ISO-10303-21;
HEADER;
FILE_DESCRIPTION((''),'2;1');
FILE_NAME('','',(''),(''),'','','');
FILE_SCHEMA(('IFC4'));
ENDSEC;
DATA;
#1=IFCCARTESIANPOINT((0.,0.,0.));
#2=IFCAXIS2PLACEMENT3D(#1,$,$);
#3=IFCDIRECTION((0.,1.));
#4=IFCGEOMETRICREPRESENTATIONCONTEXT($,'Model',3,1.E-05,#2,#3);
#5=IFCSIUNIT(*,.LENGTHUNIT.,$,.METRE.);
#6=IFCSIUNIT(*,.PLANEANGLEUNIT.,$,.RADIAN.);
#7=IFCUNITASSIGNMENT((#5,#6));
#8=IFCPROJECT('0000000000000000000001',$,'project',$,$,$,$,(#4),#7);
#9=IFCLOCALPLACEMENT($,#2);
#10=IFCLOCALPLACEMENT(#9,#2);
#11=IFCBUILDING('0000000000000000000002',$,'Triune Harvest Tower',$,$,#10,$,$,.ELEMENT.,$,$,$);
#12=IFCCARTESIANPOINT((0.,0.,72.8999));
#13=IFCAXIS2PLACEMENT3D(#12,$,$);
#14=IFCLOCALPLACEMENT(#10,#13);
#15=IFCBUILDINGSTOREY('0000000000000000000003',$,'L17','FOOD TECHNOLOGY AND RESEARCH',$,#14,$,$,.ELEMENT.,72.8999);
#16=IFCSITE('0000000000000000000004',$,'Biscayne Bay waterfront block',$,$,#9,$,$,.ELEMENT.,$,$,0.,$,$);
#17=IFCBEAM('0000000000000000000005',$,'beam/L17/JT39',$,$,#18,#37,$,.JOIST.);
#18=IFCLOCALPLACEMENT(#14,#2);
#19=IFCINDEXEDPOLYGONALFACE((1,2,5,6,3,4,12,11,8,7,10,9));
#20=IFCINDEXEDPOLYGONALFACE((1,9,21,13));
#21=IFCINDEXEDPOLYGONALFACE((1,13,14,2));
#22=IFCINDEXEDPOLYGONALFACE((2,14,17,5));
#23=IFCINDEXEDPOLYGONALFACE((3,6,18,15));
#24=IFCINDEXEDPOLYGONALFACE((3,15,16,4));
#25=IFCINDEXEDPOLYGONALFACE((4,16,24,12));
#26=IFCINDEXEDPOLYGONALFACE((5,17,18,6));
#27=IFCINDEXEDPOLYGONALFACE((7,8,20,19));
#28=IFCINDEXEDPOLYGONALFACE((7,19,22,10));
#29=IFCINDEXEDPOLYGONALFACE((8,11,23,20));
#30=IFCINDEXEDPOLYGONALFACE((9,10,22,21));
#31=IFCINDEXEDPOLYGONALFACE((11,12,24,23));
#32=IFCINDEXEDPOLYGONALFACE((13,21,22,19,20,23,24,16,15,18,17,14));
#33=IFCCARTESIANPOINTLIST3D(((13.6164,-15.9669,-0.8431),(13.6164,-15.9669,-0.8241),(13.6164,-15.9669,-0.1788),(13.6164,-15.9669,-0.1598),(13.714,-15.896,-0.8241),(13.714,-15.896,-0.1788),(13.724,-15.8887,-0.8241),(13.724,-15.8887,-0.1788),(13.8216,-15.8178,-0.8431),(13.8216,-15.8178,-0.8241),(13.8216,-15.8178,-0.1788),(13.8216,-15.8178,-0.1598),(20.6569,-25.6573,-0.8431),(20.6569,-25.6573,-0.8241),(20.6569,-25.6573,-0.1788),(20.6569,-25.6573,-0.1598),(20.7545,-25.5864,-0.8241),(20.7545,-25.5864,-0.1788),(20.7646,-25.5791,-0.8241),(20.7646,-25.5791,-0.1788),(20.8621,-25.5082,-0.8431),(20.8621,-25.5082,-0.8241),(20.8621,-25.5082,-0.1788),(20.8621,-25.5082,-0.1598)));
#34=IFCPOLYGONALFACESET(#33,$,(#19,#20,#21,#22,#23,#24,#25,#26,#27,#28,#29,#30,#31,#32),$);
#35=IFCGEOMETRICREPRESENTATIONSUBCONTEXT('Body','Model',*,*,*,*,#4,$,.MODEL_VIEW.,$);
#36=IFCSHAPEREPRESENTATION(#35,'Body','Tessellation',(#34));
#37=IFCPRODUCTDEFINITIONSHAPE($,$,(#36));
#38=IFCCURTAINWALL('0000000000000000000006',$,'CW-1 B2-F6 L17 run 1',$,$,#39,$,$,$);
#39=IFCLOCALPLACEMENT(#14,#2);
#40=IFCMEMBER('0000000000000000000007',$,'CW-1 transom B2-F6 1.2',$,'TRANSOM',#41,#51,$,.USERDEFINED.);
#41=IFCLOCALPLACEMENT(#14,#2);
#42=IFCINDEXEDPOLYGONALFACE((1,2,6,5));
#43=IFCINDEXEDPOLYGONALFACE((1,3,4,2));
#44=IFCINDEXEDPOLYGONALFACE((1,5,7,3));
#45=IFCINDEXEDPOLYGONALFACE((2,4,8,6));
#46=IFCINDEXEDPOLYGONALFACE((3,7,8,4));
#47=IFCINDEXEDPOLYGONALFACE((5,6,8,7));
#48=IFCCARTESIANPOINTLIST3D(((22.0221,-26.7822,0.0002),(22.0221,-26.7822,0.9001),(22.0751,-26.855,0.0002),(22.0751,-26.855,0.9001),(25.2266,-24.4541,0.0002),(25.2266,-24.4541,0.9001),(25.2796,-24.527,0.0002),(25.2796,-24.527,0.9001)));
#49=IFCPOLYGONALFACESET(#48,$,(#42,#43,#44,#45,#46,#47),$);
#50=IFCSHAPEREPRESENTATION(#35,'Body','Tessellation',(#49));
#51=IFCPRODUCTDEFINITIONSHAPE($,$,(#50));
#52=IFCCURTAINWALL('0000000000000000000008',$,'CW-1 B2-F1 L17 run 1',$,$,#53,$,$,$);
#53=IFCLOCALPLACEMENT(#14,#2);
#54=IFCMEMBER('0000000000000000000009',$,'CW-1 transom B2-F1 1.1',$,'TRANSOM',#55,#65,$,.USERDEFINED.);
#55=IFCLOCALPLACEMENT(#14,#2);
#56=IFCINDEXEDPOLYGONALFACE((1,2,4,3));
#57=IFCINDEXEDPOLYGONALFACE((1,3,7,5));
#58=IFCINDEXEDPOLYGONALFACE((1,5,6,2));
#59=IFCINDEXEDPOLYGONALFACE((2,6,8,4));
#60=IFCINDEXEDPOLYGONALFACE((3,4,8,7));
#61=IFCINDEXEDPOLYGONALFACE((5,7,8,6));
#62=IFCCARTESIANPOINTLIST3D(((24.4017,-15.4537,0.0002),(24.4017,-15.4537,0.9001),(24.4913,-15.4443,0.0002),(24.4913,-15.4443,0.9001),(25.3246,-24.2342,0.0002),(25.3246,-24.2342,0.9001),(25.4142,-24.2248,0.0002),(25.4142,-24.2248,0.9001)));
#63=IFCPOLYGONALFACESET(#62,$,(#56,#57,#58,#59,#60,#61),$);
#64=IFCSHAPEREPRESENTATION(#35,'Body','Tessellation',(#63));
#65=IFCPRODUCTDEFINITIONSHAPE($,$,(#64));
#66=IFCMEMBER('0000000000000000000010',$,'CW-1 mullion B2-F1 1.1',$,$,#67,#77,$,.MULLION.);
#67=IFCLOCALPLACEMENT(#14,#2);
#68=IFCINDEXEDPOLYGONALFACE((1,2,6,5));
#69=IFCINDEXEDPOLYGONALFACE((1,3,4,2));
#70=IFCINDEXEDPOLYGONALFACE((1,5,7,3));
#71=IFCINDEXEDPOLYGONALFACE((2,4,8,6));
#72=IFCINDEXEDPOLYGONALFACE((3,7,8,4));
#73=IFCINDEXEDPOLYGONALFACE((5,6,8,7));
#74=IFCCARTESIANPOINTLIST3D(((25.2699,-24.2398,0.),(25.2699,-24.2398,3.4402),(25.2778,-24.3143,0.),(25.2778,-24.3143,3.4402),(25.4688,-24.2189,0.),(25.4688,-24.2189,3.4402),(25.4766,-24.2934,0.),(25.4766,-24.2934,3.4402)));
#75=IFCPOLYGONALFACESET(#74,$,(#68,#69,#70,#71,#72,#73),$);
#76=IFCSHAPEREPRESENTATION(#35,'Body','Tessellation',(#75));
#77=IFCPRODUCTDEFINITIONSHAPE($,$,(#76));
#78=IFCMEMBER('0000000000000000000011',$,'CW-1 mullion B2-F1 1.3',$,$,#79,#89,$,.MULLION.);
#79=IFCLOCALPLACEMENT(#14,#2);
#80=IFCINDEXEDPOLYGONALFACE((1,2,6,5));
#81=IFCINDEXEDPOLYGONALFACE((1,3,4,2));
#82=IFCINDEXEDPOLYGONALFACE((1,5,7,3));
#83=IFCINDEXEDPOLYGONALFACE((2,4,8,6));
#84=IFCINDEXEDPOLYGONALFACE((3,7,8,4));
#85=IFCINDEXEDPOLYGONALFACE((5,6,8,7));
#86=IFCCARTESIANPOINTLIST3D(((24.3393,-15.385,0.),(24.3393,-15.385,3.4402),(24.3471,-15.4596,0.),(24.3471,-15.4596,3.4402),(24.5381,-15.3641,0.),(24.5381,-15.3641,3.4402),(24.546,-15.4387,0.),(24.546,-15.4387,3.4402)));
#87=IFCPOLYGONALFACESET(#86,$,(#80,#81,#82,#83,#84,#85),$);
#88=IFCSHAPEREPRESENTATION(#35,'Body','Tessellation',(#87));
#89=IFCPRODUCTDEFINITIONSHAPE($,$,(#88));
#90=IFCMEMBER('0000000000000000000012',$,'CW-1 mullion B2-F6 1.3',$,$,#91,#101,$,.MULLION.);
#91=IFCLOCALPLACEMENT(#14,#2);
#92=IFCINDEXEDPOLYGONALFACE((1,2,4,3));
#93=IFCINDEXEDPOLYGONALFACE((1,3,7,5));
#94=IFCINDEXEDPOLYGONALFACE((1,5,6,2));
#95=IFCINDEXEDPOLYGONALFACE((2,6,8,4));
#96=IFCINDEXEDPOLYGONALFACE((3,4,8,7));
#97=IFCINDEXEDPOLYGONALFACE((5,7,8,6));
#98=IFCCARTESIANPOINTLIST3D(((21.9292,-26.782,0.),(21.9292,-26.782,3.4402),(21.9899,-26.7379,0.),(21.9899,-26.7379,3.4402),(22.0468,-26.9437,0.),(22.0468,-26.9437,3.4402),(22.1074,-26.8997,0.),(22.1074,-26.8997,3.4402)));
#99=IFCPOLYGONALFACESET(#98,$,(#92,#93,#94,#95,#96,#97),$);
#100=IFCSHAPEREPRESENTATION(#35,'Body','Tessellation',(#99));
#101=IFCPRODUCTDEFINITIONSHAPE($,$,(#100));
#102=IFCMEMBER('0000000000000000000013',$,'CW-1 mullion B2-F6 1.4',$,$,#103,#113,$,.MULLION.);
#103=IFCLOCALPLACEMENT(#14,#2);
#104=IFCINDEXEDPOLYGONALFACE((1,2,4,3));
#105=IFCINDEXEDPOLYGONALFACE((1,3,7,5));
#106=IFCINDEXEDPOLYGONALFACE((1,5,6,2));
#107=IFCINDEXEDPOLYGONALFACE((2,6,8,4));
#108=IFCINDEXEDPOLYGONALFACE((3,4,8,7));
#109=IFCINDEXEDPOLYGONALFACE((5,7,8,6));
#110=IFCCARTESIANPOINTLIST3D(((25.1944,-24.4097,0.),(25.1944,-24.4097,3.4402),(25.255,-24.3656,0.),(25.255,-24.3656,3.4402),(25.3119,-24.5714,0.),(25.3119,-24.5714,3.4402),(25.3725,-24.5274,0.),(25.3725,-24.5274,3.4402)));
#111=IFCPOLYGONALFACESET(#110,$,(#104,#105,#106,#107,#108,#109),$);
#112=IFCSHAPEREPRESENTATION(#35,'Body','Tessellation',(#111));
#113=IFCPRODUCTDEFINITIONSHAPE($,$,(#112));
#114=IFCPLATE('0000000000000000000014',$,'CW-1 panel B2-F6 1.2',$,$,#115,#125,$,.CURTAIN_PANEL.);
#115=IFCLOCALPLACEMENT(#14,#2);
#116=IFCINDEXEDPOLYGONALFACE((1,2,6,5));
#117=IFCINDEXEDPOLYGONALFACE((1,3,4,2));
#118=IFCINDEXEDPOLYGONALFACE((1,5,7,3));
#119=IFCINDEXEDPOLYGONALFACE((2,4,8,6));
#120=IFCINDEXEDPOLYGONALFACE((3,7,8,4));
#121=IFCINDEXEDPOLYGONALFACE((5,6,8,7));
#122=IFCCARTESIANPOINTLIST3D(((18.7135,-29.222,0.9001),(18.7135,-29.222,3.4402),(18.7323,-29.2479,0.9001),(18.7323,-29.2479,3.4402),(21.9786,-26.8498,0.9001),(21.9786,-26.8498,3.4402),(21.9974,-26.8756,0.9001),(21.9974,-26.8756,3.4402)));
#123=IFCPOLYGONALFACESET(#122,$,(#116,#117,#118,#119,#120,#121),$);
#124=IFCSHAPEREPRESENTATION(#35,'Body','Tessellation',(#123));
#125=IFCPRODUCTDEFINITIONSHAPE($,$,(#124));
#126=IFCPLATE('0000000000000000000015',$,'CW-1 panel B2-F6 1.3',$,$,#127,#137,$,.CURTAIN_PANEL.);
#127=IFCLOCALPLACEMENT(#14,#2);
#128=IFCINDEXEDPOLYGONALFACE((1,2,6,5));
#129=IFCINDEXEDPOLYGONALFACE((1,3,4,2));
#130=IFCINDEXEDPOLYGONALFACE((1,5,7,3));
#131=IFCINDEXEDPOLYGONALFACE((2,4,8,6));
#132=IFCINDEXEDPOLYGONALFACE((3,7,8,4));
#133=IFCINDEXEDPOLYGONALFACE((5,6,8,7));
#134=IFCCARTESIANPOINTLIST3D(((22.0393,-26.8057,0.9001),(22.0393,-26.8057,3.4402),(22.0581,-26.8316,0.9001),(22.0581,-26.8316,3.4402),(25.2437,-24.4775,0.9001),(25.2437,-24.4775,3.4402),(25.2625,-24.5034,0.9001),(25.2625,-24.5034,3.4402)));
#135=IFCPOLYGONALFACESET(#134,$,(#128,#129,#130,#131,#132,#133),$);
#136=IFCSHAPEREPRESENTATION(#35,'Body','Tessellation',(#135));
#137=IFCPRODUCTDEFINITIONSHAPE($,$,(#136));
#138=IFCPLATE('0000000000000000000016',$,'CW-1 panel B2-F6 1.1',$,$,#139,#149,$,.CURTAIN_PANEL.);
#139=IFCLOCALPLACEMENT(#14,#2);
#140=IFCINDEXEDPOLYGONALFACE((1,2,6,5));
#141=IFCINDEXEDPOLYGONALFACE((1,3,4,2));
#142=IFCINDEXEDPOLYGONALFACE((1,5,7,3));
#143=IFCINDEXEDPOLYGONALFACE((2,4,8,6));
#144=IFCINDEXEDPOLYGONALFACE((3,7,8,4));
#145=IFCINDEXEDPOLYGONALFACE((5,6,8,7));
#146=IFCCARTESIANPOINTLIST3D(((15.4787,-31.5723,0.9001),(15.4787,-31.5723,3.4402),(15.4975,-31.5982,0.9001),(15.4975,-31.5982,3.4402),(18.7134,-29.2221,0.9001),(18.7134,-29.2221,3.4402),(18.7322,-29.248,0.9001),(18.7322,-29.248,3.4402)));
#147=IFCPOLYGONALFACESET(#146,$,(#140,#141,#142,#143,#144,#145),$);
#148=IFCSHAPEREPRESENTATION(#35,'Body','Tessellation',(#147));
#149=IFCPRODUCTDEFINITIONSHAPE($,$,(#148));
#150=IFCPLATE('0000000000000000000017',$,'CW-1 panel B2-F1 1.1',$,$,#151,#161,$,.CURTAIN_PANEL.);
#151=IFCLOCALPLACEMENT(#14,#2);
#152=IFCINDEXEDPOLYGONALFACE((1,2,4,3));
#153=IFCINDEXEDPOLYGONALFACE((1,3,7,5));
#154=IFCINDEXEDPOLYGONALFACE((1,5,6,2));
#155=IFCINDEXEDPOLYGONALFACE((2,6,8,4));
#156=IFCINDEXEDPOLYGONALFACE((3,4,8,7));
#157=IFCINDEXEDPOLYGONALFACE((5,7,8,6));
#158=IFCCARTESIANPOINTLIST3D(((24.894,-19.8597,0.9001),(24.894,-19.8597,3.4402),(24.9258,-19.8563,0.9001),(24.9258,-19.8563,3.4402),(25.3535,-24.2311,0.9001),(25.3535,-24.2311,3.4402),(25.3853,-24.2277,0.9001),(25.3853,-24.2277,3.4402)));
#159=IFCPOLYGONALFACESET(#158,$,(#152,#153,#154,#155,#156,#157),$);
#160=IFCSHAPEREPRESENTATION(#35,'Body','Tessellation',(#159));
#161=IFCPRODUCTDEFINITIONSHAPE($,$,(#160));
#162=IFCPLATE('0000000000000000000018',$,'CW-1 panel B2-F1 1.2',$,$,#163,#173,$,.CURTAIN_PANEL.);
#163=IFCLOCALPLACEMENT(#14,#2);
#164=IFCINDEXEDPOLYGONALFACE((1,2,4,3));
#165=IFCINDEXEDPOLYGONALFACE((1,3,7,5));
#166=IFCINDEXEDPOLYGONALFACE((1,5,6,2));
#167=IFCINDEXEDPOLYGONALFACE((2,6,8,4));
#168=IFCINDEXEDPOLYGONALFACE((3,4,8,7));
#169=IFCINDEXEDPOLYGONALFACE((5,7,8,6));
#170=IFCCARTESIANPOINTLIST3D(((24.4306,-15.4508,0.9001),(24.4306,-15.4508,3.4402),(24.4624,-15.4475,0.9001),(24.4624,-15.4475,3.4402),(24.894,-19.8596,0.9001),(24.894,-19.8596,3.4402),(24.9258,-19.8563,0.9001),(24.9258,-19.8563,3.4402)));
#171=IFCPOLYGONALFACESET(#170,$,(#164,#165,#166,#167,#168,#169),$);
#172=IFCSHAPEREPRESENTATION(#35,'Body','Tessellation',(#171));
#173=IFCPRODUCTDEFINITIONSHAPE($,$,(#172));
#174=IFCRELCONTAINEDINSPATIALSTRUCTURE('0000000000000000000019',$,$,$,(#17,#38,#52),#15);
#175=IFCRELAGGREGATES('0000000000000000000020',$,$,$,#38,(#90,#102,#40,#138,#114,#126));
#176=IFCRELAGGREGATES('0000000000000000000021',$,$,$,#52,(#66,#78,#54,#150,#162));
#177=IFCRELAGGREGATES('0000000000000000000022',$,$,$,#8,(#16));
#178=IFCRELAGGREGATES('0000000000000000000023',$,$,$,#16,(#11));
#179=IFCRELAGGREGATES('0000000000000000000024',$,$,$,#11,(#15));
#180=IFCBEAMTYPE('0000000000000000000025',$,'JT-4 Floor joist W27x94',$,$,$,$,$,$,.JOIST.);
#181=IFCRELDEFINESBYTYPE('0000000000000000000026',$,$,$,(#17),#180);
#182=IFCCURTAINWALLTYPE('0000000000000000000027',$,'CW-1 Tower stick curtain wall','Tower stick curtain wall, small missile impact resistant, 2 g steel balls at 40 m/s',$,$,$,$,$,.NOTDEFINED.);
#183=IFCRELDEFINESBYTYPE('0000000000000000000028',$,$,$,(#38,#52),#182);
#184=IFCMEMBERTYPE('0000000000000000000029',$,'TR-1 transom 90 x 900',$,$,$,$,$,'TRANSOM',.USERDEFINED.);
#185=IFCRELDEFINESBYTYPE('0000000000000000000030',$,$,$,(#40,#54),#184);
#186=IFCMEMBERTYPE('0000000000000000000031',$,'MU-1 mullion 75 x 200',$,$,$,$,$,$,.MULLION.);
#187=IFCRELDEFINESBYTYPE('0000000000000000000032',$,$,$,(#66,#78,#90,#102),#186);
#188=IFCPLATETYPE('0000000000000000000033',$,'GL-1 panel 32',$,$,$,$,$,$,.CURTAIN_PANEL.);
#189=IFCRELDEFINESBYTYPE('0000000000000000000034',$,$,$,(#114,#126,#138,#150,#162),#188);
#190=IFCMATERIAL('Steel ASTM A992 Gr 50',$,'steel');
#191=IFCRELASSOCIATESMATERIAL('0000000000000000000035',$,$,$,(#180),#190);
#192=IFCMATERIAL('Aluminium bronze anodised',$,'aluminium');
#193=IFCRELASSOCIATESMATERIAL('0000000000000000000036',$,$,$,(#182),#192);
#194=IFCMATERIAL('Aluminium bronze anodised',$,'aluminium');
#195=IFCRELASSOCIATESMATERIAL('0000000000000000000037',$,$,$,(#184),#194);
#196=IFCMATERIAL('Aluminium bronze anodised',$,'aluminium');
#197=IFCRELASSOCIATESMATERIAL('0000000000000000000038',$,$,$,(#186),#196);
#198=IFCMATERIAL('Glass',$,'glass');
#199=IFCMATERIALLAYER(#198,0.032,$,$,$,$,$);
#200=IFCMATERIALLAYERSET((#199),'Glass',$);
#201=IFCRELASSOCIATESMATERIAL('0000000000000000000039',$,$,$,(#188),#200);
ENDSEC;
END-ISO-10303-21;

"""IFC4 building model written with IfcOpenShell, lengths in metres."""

from ifc_helpers import new_model, si_unit, direction, frame, origin, origin_2d, place, context, subcontext, project, spatial, rectangle, i_section, extrude, source, transform, mapped, material, layer, layer_set, material_profile, profile_set, type_object, element, aggregate, save


model = new_model("IFC4")

# Units and contexts
model_context = context("Model", 3, precision=1e-05, world=origin(), true_north=direction((0.0, 1.0)))
body_context = subcontext(model_context, "Body", "Model", "MODEL_VIEW")
ifc_project = project(units=[si_unit("LENGTHUNIT", "METRE"), si_unit("PLANEANGLEUNIT", "RADIAN")], contexts=[model_context])

# Site, building, storey
site_placement = place(None, origin())
site = spatial("IfcSite", under=ifc_project, at=site_placement, Name="Biscayne Bay waterfront block", CompositionType="ELEMENT", RefElevation=0.0)
building_placement = place(site_placement, origin())
building = spatial("IfcBuilding", under=site, at=building_placement, Name="Triune Harvest Tower", CompositionType="ELEMENT")
storey_placement = place(building_placement, frame((0.0, 0.0, 72.8999)))
storey = spatial("IfcBuildingStorey", under=building, at=storey_placement, Name="L17", Description="FOOD TECHNOLOGY AND RESEARCH", CompositionType="ELEMENT", Elevation=72.8999)

# Beam
ifc_material_1 = material(Name="Steel ASTM A992 Gr 50", Category="steel")
ifc_material_profile_1 = material_profile(ifc_material_1, i_section(OverallWidth=0.2537, OverallDepth=0.6833, WebThickness=0.0125, FlangeThickness=0.019, at=origin_2d()), Name="W27x94")
ifc_profile_set_1 = profile_set([ifc_material_profile_1], Name="Steel ASTM A992 Gr 50")
beam_type_1 = type_object("IfcBeamType", Name="JT-4 Floor joist W27x94", PredefinedType="JOIST", material=ifc_profile_set_1)
shared_shape_1 = source(origin(), body_context, "Body", "SweptSolid", [
    extrude(i_section(OverallWidth=0.2537, OverallDepth=0.6833, WebThickness=0.0125, FlangeThickness=0.019, at=origin_2d()), origin(), (0.0, 0.0, 1.0), 11.978),
])
beam_1_placement = place(storey_placement, frame((20.7595, -25.5828, -0.5015), z_axis=(-0.587786, 0.809016, 0.0), x_axis=(-0.809016, -0.587786, 0.0)))
element("IfcBeam", 1, at=beam_1_placement, inside=storey, type_object=beam_type_1, Name="beam/L17/JT39", PredefinedType="JOIST", context=body_context, shape_type="MappedRepresentation", body=[
    mapped(shared_shape_1, transform((0.0, 0.0, 0.0), scale=1.0)),
])

# Curtain wall, member
ifc_material_2 = material(Name="Aluminium bronze anodised", Category="aluminium")
curtain_wall_type = type_object("IfcCurtainWallType", Name="CW-1 Tower stick curtain wall", Description="Tower stick curtain wall, small missile impact resistant, 2 g steel balls at 40 m/s", PredefinedType="NOTDEFINED", material=ifc_material_2)
curtain_wall_1_placement = place(storey_placement, origin())
curtain_wall_1 = element("IfcCurtainWall", 2, at=curtain_wall_1_placement, inside=storey, type_object=curtain_wall_type, Name="CW-1 B2-F6 L17 run 1")
ifc_material_3 = material(Name="Aluminium bronze anodised", Category="aluminium")
ifc_material_profile_2 = material_profile(ifc_material_3, rectangle(XDim=0.0901, YDim=0.8999, at=origin_2d()), Name="TR-1 transom 90 x 900")
ifc_profile_set_2 = profile_set([ifc_material_profile_2], Name="Aluminium bronze anodised")
member_type_1 = type_object("IfcMemberType", Name="TR-1 transom 90 x 900", ElementType="TRANSOM", PredefinedType="USERDEFINED", material=ifc_profile_set_2)
shared_shape_2 = source(origin(), body_context, "Body", "SweptSolid", [
    extrude(rectangle(XDim=0.0901, YDim=0.8999, at=origin_2d()), origin(), (0.0, 0.0, 1.0), 3.9609),
])
member_1_placement = place(storey_placement, frame((22.0486, -26.8186, 0.4502), z_axis=(0.809034, 0.587761, 0.0), x_axis=(-0.587761, 0.809034, 0.0)))
member_1 = element("IfcMember", 3, at=member_1_placement, type_object=member_type_1, Name="CW-1 transom B2-F6 1.2", ObjectType="TRANSOM", PredefinedType="USERDEFINED", context=body_context, shape_type="MappedRepresentation", body=[
    mapped(shared_shape_2, transform((0.0, 0.0, 0.0), scale=1.0)),
])

# Curtain wall, members
curtain_wall_2_placement = place(storey_placement, origin())
curtain_wall_2 = element("IfcCurtainWall", 4, at=curtain_wall_2_placement, inside=storey, type_object=curtain_wall_type, Name="CW-1 B2-F1 L17 run 1")
shared_shape_3 = source(origin(), body_context, "Body", "SweptSolid", [
    extrude(rectangle(XDim=0.0901, YDim=0.8999, at=origin_2d()), origin(), (0.0, 0.0, 1.0), 8.8289),
])
member_2_placement = place(storey_placement, frame((25.3694, -24.2295, 0.4502), z_axis=(-0.104526, 0.994522, 0.0), x_axis=(-0.994522, -0.104526, 0.0)))
member_2 = element("IfcMember", 5, at=member_2_placement, type_object=member_type_1, Name="CW-1 transom B2-F1 1.1", ObjectType="TRANSOM", PredefinedType="USERDEFINED", context=body_context, shape_type="MappedRepresentation", body=[
    mapped(shared_shape_3, transform((0.0, 0.0, 0.0), scale=1.0)),
])
ifc_material_4 = material(Name="Aluminium bronze anodised", Category="aluminium")
ifc_material_profile_3 = material_profile(ifc_material_4, rectangle(XDim=0.2, YDim=0.075, at=origin_2d()), Name="MU-1 mullion 75 x 200")
ifc_profile_set_3 = profile_set([ifc_material_profile_3], Name="Aluminium bronze anodised")
member_type_2 = type_object("IfcMemberType", Name="MU-1 mullion 75 x 200", PredefinedType="MULLION", material=ifc_profile_set_3)
shared_shape_4 = source(origin(), body_context, "Body", "SweptSolid", [
    extrude(rectangle(XDim=0.2, YDim=0.075, at=origin_2d()), origin(), (0.0, 0.0, 1.0), 3.4402),
])
member_3_placement = place(storey_placement, frame((25.3733, -24.2666, 0.0), z_axis=(0.0, 0.0, 1.0), x_axis=(-0.994522, -0.104527, 0.0)))
member_3 = element("IfcMember", 6, at=member_3_placement, type_object=member_type_2, Name="CW-1 mullion B2-F1 1.1", PredefinedType="MULLION", context=body_context, shape_type="MappedRepresentation", body=[
    mapped(shared_shape_4, transform((0.0, 0.0, 0.0), scale=1.0)),
])
member_4_placement = place(storey_placement, frame((24.4426, -15.4119, 0.0), z_axis=(0.0, 0.0, 1.0), x_axis=(-0.994522, -0.104527, 0.0)))
member_4 = element("IfcMember", 7, at=member_4_placement, type_object=member_type_2, Name="CW-1 mullion B2-F1 1.3", PredefinedType="MULLION", context=body_context, shape_type="MappedRepresentation", body=[
    mapped(shared_shape_4, transform((0.0, 0.0, 0.0), scale=1.0)),
])

# Members
member_5_placement = place(storey_placement, frame((22.0183, -26.8408, 0.0), z_axis=(0.0, 0.0, 1.0), x_axis=(-0.58779, 0.809013, 0.0)))
member_5 = element("IfcMember", 8, at=member_5_placement, type_object=member_type_2, Name="CW-1 mullion B2-F6 1.3", PredefinedType="MULLION", context=body_context, shape_type="MappedRepresentation", body=[
    mapped(shared_shape_4, transform((0.0, 0.0, 0.0), scale=1.0)),
])
member_6_placement = place(storey_placement, frame((25.2834, -24.4685, 0.0), z_axis=(0.0, 0.0, 1.0), x_axis=(-0.58779, 0.809013, 0.0)))
member_6 = element("IfcMember", 9, at=member_6_placement, type_object=member_type_2, Name="CW-1 mullion B2-F6 1.4", PredefinedType="MULLION", context=body_context, shape_type="MappedRepresentation", body=[
    mapped(shared_shape_4, transform((0.0, 0.0, 0.0), scale=1.0)),
])

# Plates
ifc_material_5 = material(Name="Glass", Category="glass")
ifc_layer_1 = layer(ifc_material_5, 0.032)
ifc_layer_set_1 = layer_set([ifc_layer_1], Name="Glass")
plate_type = type_object("IfcPlateType", Name="GL-1 panel 32", PredefinedType="CURTAIN_PANEL", material=ifc_layer_set_1)
shared_shape_5 = source(origin(), body_context, "Body", "SweptSolid", [
    extrude(rectangle(XDim=4.0359, YDim=0.032, at=origin_2d()), origin(), (0.0, 0.0, 1.0), 2.54),
])
plate_1_placement = place(storey_placement, frame((20.3555, -28.0488, 0.9001), z_axis=(0.0, 0.0, 1.0), x_axis=(0.809013, 0.58779, 0.0)))
plate_1 = element("IfcPlate", 10, at=plate_1_placement, type_object=plate_type, Name="CW-1 panel B2-F6 1.2", PredefinedType="CURTAIN_PANEL", context=body_context, shape_type="MappedRepresentation", body=[
    mapped(shared_shape_5, transform((0.0, 0.0, 0.0), scale=1.0)),
])
shared_shape_6 = source(origin(), body_context, "Body", "SweptSolid", [
    extrude(rectangle(XDim=3.9609, YDim=0.032, at=origin_2d()), origin(), (0.0, 0.0, 1.0), 2.54),
])
plate_2_placement = place(storey_placement, frame((23.6509, -25.6545, 0.9001), z_axis=(0.0, 0.0, 1.0), x_axis=(0.809013, 0.58779, 0.0)))
plate_2 = element("IfcPlate", 11, at=plate_2_placement, type_object=plate_type, Name="CW-1 panel B2-F6 1.3", PredefinedType="CURTAIN_PANEL", context=body_context, shape_type="MappedRepresentation", body=[
    mapped(shared_shape_6, transform((0.0, 0.0, 0.0), scale=1.0)),
])
shared_shape_7 = source(origin(), body_context, "Body", "SweptSolid", [
    extrude(rectangle(XDim=3.9983, YDim=0.032, at=origin_2d()), origin(), (0.0, 0.0, 1.0), 2.54),
])
plate_3_placement = place(storey_placement, frame((17.1055, -30.4102, 0.9001), z_axis=(0.0, 0.0, 1.0), x_axis=(0.809013, 0.58779, 0.0)))
plate_3 = element("IfcPlate", 12, at=plate_3_placement, type_object=plate_type, Name="CW-1 panel B2-F6 1.1", PredefinedType="CURTAIN_PANEL", context=body_context, shape_type="MappedRepresentation", body=[
    mapped(shared_shape_7, transform((0.0, 0.0, 0.0), scale=1.0)),
])
aggregate(curtain_wall_1, [member_5, member_6, member_1, plate_3, plate_1, plate_2])
shared_shape_8 = source(origin(), body_context, "Body", "SweptSolid", [
    extrude(rectangle(XDim=4.3955, YDim=0.032, at=origin_2d()), origin(), (0.0, 0.0, 1.0), 2.54),
])
plate_4_placement = place(storey_placement, frame((25.1396, -22.0437, 0.9001), z_axis=(0.0, 0.0, 1.0), x_axis=(-0.104527, 0.994522, 0.0)))
plate_4 = element("IfcPlate", 13, at=plate_4_placement, type_object=plate_type, Name="CW-1 panel B2-F1 1.1", PredefinedType="CURTAIN_PANEL", context=body_context, shape_type="MappedRepresentation", body=[
    mapped(shared_shape_8, transform((0.0, 0.0, 0.0), scale=1.0)),
])
shared_shape_9 = source(origin(), body_context, "Body", "SweptSolid", [
    extrude(rectangle(XDim=4.4331, YDim=0.032, at=origin_2d()), origin(), (0.0, 0.0, 1.0), 2.54),
])
plate_5_placement = place(storey_placement, frame((24.6782, -17.6536, 0.9001), z_axis=(0.0, 0.0, 1.0), x_axis=(-0.104527, 0.994522, 0.0)))
plate_5 = element("IfcPlate", 14, at=plate_5_placement, type_object=plate_type, Name="CW-1 panel B2-F1 1.2", PredefinedType="CURTAIN_PANEL", context=body_context, shape_type="MappedRepresentation", body=[
    mapped(shared_shape_9, transform((0.0, 0.0, 0.0), scale=1.0)),
])
aggregate(curtain_wall_2, [member_3, member_4, member_2, plate_4, plate_5])

save(model, "model.ifc")
